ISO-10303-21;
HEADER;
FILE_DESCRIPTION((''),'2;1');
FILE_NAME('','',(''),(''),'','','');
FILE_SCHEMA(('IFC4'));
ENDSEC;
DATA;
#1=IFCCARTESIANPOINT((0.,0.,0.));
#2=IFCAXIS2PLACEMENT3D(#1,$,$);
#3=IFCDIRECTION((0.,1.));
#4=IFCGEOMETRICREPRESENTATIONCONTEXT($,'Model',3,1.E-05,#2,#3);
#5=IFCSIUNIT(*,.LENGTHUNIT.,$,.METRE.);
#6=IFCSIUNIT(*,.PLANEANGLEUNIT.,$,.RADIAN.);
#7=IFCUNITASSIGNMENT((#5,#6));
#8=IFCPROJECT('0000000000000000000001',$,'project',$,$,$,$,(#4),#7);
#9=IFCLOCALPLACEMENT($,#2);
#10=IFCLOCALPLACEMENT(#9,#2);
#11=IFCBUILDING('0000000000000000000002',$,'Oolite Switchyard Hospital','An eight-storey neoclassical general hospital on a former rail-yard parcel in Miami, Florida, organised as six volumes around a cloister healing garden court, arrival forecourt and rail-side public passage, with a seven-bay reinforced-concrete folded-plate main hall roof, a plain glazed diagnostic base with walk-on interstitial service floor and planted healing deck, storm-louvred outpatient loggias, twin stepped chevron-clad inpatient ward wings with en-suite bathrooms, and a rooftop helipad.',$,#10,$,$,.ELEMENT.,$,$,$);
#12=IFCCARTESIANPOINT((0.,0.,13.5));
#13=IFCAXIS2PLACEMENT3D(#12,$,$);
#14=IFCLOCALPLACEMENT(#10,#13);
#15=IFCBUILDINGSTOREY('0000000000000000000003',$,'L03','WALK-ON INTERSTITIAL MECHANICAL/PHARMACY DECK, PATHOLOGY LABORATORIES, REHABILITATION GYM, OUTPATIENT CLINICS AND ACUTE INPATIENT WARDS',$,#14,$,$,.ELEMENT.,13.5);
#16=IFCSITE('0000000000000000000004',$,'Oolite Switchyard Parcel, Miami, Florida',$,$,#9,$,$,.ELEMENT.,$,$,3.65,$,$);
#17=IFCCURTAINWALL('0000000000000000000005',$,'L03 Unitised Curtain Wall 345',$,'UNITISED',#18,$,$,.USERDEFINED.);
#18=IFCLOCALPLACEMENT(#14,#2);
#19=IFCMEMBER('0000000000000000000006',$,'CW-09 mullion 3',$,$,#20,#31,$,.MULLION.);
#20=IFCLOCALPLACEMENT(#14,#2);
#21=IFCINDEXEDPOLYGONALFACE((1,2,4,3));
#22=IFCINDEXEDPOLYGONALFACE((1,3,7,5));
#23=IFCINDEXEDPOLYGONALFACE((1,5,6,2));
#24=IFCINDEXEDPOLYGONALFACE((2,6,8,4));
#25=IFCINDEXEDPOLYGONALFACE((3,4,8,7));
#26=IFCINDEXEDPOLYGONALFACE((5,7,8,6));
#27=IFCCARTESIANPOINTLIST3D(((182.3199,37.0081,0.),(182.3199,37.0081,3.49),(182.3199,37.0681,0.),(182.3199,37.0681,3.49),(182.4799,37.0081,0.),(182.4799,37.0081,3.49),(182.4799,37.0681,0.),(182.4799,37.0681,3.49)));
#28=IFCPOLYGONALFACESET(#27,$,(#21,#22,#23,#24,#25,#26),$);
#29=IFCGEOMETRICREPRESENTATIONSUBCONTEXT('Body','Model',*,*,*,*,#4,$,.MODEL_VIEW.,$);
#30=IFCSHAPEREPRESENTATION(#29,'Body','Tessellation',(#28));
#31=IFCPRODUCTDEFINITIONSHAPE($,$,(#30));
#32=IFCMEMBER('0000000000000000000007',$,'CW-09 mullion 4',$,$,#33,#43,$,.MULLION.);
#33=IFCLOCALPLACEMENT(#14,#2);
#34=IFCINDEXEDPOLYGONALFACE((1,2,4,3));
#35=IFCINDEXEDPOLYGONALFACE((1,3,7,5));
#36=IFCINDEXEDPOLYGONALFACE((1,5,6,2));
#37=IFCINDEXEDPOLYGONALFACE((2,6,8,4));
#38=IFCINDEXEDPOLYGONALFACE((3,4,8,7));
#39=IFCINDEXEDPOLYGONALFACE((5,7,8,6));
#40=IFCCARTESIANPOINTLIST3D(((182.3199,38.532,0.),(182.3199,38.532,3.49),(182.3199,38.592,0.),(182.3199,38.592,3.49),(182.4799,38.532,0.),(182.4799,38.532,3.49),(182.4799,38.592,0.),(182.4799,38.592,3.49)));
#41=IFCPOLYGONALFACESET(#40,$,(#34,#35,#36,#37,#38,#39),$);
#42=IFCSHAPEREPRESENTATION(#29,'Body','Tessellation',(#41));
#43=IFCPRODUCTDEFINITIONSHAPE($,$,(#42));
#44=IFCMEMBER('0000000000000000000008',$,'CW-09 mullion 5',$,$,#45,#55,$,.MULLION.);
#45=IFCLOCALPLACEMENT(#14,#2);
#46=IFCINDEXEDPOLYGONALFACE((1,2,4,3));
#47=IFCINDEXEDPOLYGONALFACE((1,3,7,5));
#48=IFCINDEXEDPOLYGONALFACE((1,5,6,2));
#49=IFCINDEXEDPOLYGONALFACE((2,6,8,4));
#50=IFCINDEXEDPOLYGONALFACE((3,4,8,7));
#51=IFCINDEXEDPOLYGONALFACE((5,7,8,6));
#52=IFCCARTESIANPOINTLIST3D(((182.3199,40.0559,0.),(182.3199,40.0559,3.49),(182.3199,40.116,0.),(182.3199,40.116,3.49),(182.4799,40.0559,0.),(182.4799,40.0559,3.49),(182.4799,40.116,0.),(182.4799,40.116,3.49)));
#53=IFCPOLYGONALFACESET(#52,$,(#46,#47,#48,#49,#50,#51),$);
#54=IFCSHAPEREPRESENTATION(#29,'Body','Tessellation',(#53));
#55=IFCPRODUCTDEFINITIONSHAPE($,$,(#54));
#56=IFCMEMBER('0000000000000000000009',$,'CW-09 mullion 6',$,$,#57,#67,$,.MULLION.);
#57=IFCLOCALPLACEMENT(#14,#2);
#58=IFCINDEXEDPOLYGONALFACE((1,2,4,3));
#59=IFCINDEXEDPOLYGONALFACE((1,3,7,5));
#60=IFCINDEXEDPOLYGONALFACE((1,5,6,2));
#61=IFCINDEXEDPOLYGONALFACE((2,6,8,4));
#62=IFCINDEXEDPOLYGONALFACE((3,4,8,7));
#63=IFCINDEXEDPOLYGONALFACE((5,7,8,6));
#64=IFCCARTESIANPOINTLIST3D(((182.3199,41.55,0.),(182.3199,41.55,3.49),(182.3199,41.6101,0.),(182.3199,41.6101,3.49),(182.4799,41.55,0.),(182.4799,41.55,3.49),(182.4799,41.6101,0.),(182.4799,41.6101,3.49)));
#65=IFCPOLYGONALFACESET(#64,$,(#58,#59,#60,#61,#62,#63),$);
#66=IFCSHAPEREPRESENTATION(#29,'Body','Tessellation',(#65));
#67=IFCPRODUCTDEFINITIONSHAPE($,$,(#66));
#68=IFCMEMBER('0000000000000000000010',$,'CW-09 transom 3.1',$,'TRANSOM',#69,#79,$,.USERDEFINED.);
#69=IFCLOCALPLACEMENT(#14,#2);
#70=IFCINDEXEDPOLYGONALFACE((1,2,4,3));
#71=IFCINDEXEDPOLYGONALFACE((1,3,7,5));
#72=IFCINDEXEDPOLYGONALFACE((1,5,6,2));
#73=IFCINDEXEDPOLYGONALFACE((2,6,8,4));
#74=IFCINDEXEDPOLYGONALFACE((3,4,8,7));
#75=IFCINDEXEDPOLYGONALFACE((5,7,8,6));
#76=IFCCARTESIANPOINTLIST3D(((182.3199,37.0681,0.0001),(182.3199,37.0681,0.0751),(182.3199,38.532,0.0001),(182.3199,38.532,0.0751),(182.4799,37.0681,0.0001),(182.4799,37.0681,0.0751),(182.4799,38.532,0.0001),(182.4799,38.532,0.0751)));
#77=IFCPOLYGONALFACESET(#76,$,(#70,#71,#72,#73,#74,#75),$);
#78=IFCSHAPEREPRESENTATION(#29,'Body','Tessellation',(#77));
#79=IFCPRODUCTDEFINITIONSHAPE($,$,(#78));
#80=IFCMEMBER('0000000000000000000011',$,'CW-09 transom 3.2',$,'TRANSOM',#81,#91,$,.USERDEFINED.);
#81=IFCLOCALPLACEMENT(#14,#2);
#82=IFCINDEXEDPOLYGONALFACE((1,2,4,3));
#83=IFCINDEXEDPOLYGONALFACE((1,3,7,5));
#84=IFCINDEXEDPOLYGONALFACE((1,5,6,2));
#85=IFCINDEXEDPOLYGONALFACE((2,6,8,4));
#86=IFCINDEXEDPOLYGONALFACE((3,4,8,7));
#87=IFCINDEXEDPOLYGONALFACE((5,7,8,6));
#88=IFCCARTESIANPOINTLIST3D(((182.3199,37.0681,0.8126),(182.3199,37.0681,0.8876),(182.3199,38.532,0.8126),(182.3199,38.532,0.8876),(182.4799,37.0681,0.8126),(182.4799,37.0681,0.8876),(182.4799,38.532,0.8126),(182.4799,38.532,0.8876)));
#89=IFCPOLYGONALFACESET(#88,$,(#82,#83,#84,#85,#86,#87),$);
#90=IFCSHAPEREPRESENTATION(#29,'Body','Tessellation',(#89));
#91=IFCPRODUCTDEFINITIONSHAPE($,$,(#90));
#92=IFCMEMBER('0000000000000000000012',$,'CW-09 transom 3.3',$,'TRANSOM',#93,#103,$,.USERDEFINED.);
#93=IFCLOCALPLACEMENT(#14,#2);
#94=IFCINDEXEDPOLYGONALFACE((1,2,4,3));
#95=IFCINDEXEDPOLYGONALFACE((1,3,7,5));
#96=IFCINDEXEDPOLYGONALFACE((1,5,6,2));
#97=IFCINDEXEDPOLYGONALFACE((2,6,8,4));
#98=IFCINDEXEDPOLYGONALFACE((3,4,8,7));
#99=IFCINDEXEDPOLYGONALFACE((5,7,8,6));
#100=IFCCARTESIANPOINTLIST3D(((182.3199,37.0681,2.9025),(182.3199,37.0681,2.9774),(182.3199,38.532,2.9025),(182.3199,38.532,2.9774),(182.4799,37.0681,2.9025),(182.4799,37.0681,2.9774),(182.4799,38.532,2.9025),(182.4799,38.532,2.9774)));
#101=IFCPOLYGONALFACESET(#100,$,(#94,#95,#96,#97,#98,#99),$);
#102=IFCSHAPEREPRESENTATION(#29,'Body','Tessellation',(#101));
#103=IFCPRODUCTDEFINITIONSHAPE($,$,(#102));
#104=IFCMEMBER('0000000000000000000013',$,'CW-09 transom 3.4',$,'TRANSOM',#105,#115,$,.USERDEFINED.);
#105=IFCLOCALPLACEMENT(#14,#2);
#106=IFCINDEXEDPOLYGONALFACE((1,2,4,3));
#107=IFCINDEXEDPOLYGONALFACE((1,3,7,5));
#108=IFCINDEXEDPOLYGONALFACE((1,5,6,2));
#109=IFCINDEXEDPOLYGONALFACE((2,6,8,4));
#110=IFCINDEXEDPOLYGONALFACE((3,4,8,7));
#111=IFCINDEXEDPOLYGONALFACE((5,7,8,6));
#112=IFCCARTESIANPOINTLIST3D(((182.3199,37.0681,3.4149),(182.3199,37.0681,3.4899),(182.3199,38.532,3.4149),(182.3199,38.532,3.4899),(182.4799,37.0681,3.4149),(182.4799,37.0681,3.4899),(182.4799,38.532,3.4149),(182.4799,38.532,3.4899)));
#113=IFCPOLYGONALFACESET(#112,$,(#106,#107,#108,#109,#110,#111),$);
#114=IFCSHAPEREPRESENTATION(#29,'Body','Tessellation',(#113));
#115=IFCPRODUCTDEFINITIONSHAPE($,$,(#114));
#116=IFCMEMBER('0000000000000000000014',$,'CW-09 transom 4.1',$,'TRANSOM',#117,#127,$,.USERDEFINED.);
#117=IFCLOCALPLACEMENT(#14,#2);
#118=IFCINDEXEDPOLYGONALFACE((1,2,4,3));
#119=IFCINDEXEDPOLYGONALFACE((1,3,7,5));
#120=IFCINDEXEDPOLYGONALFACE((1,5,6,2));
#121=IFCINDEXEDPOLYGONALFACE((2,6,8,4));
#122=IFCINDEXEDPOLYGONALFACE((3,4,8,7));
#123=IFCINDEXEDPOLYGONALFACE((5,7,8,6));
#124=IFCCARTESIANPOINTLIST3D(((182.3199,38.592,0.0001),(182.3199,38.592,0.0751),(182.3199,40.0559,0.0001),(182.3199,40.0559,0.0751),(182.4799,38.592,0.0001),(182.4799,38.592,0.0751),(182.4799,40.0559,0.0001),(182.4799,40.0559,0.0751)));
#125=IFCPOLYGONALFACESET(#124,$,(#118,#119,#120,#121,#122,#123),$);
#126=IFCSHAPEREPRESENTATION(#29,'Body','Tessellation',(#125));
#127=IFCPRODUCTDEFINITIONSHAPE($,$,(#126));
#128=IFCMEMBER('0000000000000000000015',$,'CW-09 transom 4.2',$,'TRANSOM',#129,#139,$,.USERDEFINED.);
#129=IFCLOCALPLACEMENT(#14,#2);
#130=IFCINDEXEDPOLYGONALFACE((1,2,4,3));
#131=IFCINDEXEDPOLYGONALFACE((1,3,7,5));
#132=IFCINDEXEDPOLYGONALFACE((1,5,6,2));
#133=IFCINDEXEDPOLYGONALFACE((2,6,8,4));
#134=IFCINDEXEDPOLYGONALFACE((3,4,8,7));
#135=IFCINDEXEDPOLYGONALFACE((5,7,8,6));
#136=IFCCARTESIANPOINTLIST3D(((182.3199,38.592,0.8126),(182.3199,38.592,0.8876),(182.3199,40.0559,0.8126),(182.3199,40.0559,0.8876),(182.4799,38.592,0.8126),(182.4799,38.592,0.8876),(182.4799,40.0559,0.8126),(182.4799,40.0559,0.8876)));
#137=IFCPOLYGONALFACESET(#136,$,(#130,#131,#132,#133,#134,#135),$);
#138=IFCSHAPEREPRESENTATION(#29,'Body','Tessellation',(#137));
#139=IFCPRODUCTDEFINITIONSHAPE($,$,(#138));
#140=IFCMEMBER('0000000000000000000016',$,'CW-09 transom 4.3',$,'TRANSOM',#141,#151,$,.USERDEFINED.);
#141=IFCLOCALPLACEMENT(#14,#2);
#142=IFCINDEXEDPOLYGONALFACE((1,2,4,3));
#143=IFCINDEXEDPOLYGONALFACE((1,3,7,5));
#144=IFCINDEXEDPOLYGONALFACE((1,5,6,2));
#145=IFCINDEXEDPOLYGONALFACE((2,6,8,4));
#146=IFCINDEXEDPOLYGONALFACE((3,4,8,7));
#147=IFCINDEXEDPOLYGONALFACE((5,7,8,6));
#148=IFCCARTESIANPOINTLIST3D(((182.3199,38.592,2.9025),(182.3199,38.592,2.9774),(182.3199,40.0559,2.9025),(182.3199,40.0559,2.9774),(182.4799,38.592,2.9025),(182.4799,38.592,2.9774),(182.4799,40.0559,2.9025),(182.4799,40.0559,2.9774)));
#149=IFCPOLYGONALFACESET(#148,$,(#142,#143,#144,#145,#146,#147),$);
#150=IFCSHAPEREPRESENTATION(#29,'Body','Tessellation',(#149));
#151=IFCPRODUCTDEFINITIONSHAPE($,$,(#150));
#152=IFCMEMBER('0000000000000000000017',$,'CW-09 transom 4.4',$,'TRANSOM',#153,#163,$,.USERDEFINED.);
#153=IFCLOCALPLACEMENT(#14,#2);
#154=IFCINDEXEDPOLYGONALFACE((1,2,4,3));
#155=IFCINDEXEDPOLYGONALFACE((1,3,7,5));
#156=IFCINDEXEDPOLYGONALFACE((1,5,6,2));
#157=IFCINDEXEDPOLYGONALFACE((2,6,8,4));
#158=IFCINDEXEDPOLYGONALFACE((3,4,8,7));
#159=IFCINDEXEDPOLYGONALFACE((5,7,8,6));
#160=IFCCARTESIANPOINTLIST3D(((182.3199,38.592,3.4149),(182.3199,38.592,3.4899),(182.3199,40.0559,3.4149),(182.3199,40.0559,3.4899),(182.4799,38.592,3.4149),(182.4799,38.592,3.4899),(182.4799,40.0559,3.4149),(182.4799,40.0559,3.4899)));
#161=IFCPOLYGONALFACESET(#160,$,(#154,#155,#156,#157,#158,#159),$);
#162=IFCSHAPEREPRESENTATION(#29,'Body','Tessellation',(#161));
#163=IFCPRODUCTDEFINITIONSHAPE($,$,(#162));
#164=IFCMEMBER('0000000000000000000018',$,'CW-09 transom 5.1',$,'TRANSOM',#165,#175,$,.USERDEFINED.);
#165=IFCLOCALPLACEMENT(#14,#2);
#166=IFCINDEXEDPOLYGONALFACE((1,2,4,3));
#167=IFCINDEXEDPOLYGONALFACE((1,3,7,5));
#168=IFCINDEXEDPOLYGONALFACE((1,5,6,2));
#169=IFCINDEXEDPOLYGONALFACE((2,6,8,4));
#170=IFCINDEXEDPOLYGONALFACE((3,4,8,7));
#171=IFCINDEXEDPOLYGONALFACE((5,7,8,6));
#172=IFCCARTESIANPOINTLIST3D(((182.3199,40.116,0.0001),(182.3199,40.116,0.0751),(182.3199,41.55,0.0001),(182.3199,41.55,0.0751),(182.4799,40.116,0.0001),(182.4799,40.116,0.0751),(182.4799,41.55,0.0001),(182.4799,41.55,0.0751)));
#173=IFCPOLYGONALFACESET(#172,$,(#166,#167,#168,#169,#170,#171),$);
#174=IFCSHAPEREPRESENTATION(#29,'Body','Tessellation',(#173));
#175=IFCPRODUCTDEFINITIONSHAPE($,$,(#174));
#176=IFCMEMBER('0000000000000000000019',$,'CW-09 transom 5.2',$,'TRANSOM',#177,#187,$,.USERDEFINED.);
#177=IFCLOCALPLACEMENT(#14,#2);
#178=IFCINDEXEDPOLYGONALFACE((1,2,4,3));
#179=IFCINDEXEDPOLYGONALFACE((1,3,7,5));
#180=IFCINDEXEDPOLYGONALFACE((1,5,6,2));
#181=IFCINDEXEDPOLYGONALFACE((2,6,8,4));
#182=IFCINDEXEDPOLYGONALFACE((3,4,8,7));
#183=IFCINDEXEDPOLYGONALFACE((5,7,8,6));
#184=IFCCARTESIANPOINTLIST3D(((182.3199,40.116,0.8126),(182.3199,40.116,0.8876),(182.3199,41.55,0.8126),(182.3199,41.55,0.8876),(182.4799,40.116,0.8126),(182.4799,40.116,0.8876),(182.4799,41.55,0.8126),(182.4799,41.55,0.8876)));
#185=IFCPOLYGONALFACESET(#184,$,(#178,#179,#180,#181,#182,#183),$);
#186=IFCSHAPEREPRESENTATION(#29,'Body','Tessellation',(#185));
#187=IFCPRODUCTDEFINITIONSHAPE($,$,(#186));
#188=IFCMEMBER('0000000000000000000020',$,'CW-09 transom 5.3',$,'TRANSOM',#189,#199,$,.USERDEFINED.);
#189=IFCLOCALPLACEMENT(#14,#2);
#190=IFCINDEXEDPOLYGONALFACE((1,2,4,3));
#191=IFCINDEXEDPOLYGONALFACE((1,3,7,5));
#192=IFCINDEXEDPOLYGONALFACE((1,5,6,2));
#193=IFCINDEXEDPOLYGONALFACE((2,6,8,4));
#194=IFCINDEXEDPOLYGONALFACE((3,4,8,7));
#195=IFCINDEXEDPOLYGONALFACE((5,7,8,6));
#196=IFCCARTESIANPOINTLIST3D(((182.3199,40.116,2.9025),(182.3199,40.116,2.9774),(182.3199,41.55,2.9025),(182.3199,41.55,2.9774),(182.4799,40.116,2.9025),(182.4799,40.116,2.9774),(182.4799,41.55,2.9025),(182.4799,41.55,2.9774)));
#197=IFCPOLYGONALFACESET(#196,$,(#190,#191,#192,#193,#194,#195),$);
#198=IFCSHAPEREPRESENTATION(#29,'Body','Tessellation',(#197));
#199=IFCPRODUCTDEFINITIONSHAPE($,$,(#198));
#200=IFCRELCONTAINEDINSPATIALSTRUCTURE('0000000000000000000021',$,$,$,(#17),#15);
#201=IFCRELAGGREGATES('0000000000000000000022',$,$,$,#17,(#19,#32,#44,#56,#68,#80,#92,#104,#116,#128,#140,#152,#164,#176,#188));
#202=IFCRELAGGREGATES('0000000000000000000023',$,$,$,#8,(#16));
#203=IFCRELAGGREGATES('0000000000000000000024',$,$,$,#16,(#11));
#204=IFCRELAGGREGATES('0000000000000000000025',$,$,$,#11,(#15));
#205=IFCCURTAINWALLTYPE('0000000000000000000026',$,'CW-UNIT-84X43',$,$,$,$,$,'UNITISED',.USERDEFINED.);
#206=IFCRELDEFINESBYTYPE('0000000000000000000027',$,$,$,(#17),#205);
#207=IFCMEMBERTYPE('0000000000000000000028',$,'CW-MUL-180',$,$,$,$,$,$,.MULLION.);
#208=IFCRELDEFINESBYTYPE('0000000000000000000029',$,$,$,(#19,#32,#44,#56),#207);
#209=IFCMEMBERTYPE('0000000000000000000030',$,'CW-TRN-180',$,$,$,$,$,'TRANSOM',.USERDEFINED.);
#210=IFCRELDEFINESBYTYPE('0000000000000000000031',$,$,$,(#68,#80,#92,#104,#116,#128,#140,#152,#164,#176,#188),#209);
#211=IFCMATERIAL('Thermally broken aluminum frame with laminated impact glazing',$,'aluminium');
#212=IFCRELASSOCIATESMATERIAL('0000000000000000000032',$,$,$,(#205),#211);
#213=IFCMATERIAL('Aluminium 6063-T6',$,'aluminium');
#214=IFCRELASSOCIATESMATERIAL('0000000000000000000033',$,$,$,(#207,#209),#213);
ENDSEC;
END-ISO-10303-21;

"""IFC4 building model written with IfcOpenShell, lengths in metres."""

from ifc_helpers import new_model, si_unit, direction, frame, origin, origin_2d, place, context, subcontext, project, spatial, rectangle, extrude, material, material_profile, profile_set, type_object, element, aggregate, save


model = new_model("IFC4")

# Units and contexts
model_context = context("Model", 3, precision=1e-05, world=origin(), true_north=direction((0.0, 1.0)))
body_context = subcontext(model_context, "Body", "Model", "MODEL_VIEW")
ifc_project = project(units=[si_unit("LENGTHUNIT", "METRE"), si_unit("PLANEANGLEUNIT", "RADIAN")], contexts=[model_context])

# Site, building, storey
site_placement = place(None, origin())
site = spatial("IfcSite", under=ifc_project, at=site_placement, Name="Oolite Switchyard Parcel, Miami, Florida", CompositionType="ELEMENT", RefElevation=3.65)
building_placement = place(site_placement, origin())
building = spatial("IfcBuilding", under=site, at=building_placement, Name="Oolite Switchyard Hospital", Description="An eight-storey neoclassical general hospital on a former rail-yard parcel in Miami, Florida, organised as six volumes around a cloister healing garden court, arrival forecourt and rail-side public passage, with a seven-bay reinforced-concrete folded-plate main hall roof, a plain glazed diagnostic base with walk-on interstitial service floor and planted healing deck, storm-louvred outpatient loggias, twin stepped chevron-clad inpatient ward wings with en-suite bathrooms, and a rooftop helipad.", CompositionType="ELEMENT")
storey_placement = place(building_placement, frame((0.0, 0.0, 13.5)))
storey = spatial("IfcBuildingStorey", under=building, at=storey_placement, Name="L03", Description="WALK-ON INTERSTITIAL MECHANICAL/PHARMACY DECK, PATHOLOGY LABORATORIES, REHABILITATION GYM, OUTPATIENT CLINICS AND ACUTE INPATIENT WARDS", CompositionType="ELEMENT", Elevation=13.5)

# Curtain wall, members
ifc_material_1 = material(Name="Thermally broken aluminum frame with laminated impact glazing", Category="aluminium")
curtain_wall_type = type_object("IfcCurtainWallType", Name="CW-UNIT-84X43", ElementType="UNITISED", PredefinedType="USERDEFINED", material=ifc_material_1)
curtain_wall_placement = place(storey_placement, origin())
curtain_wall = element("IfcCurtainWall", 1, at=curtain_wall_placement, inside=storey, type_object=curtain_wall_type, Name="L03 Unitised Curtain Wall 345", ObjectType="UNITISED", PredefinedType="USERDEFINED")
ifc_material_2 = material(Name="Aluminium 6063-T6", Category="aluminium")
ifc_material_profile_1 = material_profile(ifc_material_2, rectangle(XDim=0.1599, YDim=0.0601, at=origin_2d()), Name="CWM60X160")
ifc_profile_set_1 = profile_set([ifc_material_profile_1], Name="Aluminium 6063-T6")
member_type_1 = type_object("IfcMemberType", Name="CW-MUL-180", PredefinedType="MULLION", material=ifc_profile_set_1)
member_1_placement = place(storey_placement, frame((182.3999, 37.0381, 0.0), z_axis=(0.0, 0.0, 1.0), x_axis=(-1.0, 0.0, 0.0)))
member_1 = element("IfcMember", 2, at=member_1_placement, type_object=member_type_1, Name="CW-09 mullion 3", PredefinedType="MULLION", context=body_context, shape_type="SweptSolid", body=[
    extrude(rectangle(XDim=0.1599, YDim=0.0601, at=origin_2d()), origin(), (0.0, 0.0, 1.0), 3.49),
])
member_2_placement = place(storey_placement, frame((182.3999, 38.562, 0.0), z_axis=(0.0, 0.0, 1.0), x_axis=(-1.0, 0.0, 0.0)))
member_2 = element("IfcMember", 3, at=member_2_placement, type_object=member_type_1, Name="CW-09 mullion 4", PredefinedType="MULLION", context=body_context, shape_type="SweptSolid", body=[
    extrude(rectangle(XDim=0.1599, YDim=0.0601, at=origin_2d()), origin(), (0.0, 0.0, 1.0), 3.49),
])
member_3_placement = place(storey_placement, frame((182.3999, 40.0859, 0.0), z_axis=(0.0, 0.0, 1.0), x_axis=(-1.0, 0.0, 0.0)))
member_3 = element("IfcMember", 4, at=member_3_placement, type_object=member_type_1, Name="CW-09 mullion 5", PredefinedType="MULLION", context=body_context, shape_type="SweptSolid", body=[
    extrude(rectangle(XDim=0.1599, YDim=0.0601, at=origin_2d()), origin(), (0.0, 0.0, 1.0), 3.49),
])
member_4_placement = place(storey_placement, frame((182.3999, 41.5801, 0.0), z_axis=(0.0, 0.0, 1.0), x_axis=(-1.0, 0.0, 0.0)))
member_4 = element("IfcMember", 5, at=member_4_placement, type_object=member_type_1, Name="CW-09 mullion 6", PredefinedType="MULLION", context=body_context, shape_type="SweptSolid", body=[
    extrude(rectangle(XDim=0.1599, YDim=0.0601, at=origin_2d()), origin(), (0.0, 0.0, 1.0), 3.49),
])
ifc_material_profile_2 = material_profile(ifc_material_2, rectangle(XDim=0.1599, YDim=0.075, at=origin_2d()), Name="CWT75X160")
ifc_profile_set_2 = profile_set([ifc_material_profile_2], Name="Aluminium 6063-T6")
member_type_2 = type_object("IfcMemberType", Name="CW-TRN-180", ElementType="TRANSOM", PredefinedType="USERDEFINED", material=ifc_profile_set_2)
member_5_placement = place(storey_placement, frame((182.3999, 37.0681, 0.0376), z_axis=(0.0, 1.0, 0.0), x_axis=(-1.0, 0.0, 0.0)))
member_5 = element("IfcMember", 6, at=member_5_placement, type_object=member_type_2, Name="CW-09 transom 3.1", ObjectType="TRANSOM", PredefinedType="USERDEFINED", context=body_context, shape_type="SweptSolid", body=[
    extrude(rectangle(XDim=0.1599, YDim=0.075, at=origin_2d()), origin(), (0.0, 0.0, 1.0), 1.4639),
])
member_6_placement = place(storey_placement, frame((182.3999, 37.0681, 0.8501), z_axis=(0.0, 1.0, 0.0), x_axis=(-1.0, 0.0, 0.0)))
member_6 = element("IfcMember", 7, at=member_6_placement, type_object=member_type_2, Name="CW-09 transom 3.2", ObjectType="TRANSOM", PredefinedType="USERDEFINED", context=body_context, shape_type="SweptSolid", body=[
    extrude(rectangle(XDim=0.1599, YDim=0.075, at=origin_2d()), origin(), (0.0, 0.0, 1.0), 1.4639),
])
member_7_placement = place(storey_placement, frame((182.3999, 37.0681, 2.9399), z_axis=(0.0, 1.0, 0.0), x_axis=(-1.0, 0.0, 0.0)))
member_7 = element("IfcMember", 8, at=member_7_placement, type_object=member_type_2, Name="CW-09 transom 3.3", ObjectType="TRANSOM", PredefinedType="USERDEFINED", context=body_context, shape_type="SweptSolid", body=[
    extrude(rectangle(XDim=0.1599, YDim=0.075, at=origin_2d()), origin(), (0.0, 0.0, 1.0), 1.4639),
])
member_8_placement = place(storey_placement, frame((182.3999, 37.0681, 3.4524), z_axis=(0.0, 1.0, 0.0), x_axis=(-1.0, 0.0, 0.0)))
member_8 = element("IfcMember", 9, at=member_8_placement, type_object=member_type_2, Name="CW-09 transom 3.4", ObjectType="TRANSOM", PredefinedType="USERDEFINED", context=body_context, shape_type="SweptSolid", body=[
    extrude(rectangle(XDim=0.1599, YDim=0.075, at=origin_2d()), origin(), (0.0, 0.0, 1.0), 1.4639),
])
member_9_placement = place(storey_placement, frame((182.3999, 38.592, 0.0376), z_axis=(0.0, 1.0, 0.0), x_axis=(-1.0, 0.0, 0.0)))
member_9 = element("IfcMember", 10, at=member_9_placement, type_object=member_type_2, Name="CW-09 transom 4.1", ObjectType="TRANSOM", PredefinedType="USERDEFINED", context=body_context, shape_type="SweptSolid", body=[
    extrude(rectangle(XDim=0.1599, YDim=0.075, at=origin_2d()), origin(), (0.0, 0.0, 1.0), 1.4639),
])
member_10_placement = place(storey_placement, frame((182.3999, 38.592, 0.8501), z_axis=(0.0, 1.0, 0.0), x_axis=(-1.0, 0.0, 0.0)))
member_10 = element("IfcMember", 11, at=member_10_placement, type_object=member_type_2, Name="CW-09 transom 4.2", ObjectType="TRANSOM", PredefinedType="USERDEFINED", context=body_context, shape_type="SweptSolid", body=[
    extrude(rectangle(XDim=0.1599, YDim=0.075, at=origin_2d()), origin(), (0.0, 0.0, 1.0), 1.4639),
])
member_11_placement = place(storey_placement, frame((182.3999, 38.592, 2.9399), z_axis=(0.0, 1.0, 0.0), x_axis=(-1.0, 0.0, 0.0)))
member_11 = element("IfcMember", 12, at=member_11_placement, type_object=member_type_2, Name="CW-09 transom 4.3", ObjectType="TRANSOM", PredefinedType="USERDEFINED", context=body_context, shape_type="SweptSolid", body=[
    extrude(rectangle(XDim=0.1599, YDim=0.075, at=origin_2d()), origin(), (0.0, 0.0, 1.0), 1.4639),
])
member_12_placement = place(storey_placement, frame((182.3999, 38.592, 3.4524), z_axis=(0.0, 1.0, 0.0), x_axis=(-1.0, 0.0, 0.0)))
member_12 = element("IfcMember", 13, at=member_12_placement, type_object=member_type_2, Name="CW-09 transom 4.4", ObjectType="TRANSOM", PredefinedType="USERDEFINED", context=body_context, shape_type="SweptSolid", body=[
    extrude(rectangle(XDim=0.1599, YDim=0.075, at=origin_2d()), origin(), (0.0, 0.0, 1.0), 1.4639),
])
member_13_placement = place(storey_placement, frame((182.3999, 40.116, 0.0376), z_axis=(0.0, 1.0, 0.0), x_axis=(-1.0, 0.0, 0.0)))
member_13 = element("IfcMember", 14, at=member_13_placement, type_object=member_type_2, Name="CW-09 transom 5.1", ObjectType="TRANSOM", PredefinedType="USERDEFINED", context=body_context, shape_type="SweptSolid", body=[
    extrude(rectangle(XDim=0.1599, YDim=0.075, at=origin_2d()), origin(), (0.0, 0.0, 1.0), 1.4341),
])
member_14_placement = place(storey_placement, frame((182.3999, 40.116, 0.8501), z_axis=(0.0, 1.0, 0.0), x_axis=(-1.0, 0.0, 0.0)))
member_14 = element("IfcMember", 15, at=member_14_placement, type_object=member_type_2, Name="CW-09 transom 5.2", ObjectType="TRANSOM", PredefinedType="USERDEFINED", context=body_context, shape_type="SweptSolid", body=[
    extrude(rectangle(XDim=0.1599, YDim=0.075, at=origin_2d()), origin(), (0.0, 0.0, 1.0), 1.4341),
])
member_15_placement = place(storey_placement, frame((182.3999, 40.116, 2.9399), z_axis=(0.0, 1.0, 0.0), x_axis=(-1.0, 0.0, 0.0)))
member_15 = element("IfcMember", 16, at=member_15_placement, type_object=member_type_2, Name="CW-09 transom 5.3", ObjectType="TRANSOM", PredefinedType="USERDEFINED", context=body_context, shape_type="SweptSolid", body=[
    extrude(rectangle(XDim=0.1599, YDim=0.075, at=origin_2d()), origin(), (0.0, 0.0, 1.0), 1.4341),
])
aggregate(curtain_wall, [member_1, member_2, member_3, member_4, member_5, member_6, member_7, member_8, member_9, member_10, member_11, member_12, member_13, member_14, member_15])

save(model, "model.ifc")
